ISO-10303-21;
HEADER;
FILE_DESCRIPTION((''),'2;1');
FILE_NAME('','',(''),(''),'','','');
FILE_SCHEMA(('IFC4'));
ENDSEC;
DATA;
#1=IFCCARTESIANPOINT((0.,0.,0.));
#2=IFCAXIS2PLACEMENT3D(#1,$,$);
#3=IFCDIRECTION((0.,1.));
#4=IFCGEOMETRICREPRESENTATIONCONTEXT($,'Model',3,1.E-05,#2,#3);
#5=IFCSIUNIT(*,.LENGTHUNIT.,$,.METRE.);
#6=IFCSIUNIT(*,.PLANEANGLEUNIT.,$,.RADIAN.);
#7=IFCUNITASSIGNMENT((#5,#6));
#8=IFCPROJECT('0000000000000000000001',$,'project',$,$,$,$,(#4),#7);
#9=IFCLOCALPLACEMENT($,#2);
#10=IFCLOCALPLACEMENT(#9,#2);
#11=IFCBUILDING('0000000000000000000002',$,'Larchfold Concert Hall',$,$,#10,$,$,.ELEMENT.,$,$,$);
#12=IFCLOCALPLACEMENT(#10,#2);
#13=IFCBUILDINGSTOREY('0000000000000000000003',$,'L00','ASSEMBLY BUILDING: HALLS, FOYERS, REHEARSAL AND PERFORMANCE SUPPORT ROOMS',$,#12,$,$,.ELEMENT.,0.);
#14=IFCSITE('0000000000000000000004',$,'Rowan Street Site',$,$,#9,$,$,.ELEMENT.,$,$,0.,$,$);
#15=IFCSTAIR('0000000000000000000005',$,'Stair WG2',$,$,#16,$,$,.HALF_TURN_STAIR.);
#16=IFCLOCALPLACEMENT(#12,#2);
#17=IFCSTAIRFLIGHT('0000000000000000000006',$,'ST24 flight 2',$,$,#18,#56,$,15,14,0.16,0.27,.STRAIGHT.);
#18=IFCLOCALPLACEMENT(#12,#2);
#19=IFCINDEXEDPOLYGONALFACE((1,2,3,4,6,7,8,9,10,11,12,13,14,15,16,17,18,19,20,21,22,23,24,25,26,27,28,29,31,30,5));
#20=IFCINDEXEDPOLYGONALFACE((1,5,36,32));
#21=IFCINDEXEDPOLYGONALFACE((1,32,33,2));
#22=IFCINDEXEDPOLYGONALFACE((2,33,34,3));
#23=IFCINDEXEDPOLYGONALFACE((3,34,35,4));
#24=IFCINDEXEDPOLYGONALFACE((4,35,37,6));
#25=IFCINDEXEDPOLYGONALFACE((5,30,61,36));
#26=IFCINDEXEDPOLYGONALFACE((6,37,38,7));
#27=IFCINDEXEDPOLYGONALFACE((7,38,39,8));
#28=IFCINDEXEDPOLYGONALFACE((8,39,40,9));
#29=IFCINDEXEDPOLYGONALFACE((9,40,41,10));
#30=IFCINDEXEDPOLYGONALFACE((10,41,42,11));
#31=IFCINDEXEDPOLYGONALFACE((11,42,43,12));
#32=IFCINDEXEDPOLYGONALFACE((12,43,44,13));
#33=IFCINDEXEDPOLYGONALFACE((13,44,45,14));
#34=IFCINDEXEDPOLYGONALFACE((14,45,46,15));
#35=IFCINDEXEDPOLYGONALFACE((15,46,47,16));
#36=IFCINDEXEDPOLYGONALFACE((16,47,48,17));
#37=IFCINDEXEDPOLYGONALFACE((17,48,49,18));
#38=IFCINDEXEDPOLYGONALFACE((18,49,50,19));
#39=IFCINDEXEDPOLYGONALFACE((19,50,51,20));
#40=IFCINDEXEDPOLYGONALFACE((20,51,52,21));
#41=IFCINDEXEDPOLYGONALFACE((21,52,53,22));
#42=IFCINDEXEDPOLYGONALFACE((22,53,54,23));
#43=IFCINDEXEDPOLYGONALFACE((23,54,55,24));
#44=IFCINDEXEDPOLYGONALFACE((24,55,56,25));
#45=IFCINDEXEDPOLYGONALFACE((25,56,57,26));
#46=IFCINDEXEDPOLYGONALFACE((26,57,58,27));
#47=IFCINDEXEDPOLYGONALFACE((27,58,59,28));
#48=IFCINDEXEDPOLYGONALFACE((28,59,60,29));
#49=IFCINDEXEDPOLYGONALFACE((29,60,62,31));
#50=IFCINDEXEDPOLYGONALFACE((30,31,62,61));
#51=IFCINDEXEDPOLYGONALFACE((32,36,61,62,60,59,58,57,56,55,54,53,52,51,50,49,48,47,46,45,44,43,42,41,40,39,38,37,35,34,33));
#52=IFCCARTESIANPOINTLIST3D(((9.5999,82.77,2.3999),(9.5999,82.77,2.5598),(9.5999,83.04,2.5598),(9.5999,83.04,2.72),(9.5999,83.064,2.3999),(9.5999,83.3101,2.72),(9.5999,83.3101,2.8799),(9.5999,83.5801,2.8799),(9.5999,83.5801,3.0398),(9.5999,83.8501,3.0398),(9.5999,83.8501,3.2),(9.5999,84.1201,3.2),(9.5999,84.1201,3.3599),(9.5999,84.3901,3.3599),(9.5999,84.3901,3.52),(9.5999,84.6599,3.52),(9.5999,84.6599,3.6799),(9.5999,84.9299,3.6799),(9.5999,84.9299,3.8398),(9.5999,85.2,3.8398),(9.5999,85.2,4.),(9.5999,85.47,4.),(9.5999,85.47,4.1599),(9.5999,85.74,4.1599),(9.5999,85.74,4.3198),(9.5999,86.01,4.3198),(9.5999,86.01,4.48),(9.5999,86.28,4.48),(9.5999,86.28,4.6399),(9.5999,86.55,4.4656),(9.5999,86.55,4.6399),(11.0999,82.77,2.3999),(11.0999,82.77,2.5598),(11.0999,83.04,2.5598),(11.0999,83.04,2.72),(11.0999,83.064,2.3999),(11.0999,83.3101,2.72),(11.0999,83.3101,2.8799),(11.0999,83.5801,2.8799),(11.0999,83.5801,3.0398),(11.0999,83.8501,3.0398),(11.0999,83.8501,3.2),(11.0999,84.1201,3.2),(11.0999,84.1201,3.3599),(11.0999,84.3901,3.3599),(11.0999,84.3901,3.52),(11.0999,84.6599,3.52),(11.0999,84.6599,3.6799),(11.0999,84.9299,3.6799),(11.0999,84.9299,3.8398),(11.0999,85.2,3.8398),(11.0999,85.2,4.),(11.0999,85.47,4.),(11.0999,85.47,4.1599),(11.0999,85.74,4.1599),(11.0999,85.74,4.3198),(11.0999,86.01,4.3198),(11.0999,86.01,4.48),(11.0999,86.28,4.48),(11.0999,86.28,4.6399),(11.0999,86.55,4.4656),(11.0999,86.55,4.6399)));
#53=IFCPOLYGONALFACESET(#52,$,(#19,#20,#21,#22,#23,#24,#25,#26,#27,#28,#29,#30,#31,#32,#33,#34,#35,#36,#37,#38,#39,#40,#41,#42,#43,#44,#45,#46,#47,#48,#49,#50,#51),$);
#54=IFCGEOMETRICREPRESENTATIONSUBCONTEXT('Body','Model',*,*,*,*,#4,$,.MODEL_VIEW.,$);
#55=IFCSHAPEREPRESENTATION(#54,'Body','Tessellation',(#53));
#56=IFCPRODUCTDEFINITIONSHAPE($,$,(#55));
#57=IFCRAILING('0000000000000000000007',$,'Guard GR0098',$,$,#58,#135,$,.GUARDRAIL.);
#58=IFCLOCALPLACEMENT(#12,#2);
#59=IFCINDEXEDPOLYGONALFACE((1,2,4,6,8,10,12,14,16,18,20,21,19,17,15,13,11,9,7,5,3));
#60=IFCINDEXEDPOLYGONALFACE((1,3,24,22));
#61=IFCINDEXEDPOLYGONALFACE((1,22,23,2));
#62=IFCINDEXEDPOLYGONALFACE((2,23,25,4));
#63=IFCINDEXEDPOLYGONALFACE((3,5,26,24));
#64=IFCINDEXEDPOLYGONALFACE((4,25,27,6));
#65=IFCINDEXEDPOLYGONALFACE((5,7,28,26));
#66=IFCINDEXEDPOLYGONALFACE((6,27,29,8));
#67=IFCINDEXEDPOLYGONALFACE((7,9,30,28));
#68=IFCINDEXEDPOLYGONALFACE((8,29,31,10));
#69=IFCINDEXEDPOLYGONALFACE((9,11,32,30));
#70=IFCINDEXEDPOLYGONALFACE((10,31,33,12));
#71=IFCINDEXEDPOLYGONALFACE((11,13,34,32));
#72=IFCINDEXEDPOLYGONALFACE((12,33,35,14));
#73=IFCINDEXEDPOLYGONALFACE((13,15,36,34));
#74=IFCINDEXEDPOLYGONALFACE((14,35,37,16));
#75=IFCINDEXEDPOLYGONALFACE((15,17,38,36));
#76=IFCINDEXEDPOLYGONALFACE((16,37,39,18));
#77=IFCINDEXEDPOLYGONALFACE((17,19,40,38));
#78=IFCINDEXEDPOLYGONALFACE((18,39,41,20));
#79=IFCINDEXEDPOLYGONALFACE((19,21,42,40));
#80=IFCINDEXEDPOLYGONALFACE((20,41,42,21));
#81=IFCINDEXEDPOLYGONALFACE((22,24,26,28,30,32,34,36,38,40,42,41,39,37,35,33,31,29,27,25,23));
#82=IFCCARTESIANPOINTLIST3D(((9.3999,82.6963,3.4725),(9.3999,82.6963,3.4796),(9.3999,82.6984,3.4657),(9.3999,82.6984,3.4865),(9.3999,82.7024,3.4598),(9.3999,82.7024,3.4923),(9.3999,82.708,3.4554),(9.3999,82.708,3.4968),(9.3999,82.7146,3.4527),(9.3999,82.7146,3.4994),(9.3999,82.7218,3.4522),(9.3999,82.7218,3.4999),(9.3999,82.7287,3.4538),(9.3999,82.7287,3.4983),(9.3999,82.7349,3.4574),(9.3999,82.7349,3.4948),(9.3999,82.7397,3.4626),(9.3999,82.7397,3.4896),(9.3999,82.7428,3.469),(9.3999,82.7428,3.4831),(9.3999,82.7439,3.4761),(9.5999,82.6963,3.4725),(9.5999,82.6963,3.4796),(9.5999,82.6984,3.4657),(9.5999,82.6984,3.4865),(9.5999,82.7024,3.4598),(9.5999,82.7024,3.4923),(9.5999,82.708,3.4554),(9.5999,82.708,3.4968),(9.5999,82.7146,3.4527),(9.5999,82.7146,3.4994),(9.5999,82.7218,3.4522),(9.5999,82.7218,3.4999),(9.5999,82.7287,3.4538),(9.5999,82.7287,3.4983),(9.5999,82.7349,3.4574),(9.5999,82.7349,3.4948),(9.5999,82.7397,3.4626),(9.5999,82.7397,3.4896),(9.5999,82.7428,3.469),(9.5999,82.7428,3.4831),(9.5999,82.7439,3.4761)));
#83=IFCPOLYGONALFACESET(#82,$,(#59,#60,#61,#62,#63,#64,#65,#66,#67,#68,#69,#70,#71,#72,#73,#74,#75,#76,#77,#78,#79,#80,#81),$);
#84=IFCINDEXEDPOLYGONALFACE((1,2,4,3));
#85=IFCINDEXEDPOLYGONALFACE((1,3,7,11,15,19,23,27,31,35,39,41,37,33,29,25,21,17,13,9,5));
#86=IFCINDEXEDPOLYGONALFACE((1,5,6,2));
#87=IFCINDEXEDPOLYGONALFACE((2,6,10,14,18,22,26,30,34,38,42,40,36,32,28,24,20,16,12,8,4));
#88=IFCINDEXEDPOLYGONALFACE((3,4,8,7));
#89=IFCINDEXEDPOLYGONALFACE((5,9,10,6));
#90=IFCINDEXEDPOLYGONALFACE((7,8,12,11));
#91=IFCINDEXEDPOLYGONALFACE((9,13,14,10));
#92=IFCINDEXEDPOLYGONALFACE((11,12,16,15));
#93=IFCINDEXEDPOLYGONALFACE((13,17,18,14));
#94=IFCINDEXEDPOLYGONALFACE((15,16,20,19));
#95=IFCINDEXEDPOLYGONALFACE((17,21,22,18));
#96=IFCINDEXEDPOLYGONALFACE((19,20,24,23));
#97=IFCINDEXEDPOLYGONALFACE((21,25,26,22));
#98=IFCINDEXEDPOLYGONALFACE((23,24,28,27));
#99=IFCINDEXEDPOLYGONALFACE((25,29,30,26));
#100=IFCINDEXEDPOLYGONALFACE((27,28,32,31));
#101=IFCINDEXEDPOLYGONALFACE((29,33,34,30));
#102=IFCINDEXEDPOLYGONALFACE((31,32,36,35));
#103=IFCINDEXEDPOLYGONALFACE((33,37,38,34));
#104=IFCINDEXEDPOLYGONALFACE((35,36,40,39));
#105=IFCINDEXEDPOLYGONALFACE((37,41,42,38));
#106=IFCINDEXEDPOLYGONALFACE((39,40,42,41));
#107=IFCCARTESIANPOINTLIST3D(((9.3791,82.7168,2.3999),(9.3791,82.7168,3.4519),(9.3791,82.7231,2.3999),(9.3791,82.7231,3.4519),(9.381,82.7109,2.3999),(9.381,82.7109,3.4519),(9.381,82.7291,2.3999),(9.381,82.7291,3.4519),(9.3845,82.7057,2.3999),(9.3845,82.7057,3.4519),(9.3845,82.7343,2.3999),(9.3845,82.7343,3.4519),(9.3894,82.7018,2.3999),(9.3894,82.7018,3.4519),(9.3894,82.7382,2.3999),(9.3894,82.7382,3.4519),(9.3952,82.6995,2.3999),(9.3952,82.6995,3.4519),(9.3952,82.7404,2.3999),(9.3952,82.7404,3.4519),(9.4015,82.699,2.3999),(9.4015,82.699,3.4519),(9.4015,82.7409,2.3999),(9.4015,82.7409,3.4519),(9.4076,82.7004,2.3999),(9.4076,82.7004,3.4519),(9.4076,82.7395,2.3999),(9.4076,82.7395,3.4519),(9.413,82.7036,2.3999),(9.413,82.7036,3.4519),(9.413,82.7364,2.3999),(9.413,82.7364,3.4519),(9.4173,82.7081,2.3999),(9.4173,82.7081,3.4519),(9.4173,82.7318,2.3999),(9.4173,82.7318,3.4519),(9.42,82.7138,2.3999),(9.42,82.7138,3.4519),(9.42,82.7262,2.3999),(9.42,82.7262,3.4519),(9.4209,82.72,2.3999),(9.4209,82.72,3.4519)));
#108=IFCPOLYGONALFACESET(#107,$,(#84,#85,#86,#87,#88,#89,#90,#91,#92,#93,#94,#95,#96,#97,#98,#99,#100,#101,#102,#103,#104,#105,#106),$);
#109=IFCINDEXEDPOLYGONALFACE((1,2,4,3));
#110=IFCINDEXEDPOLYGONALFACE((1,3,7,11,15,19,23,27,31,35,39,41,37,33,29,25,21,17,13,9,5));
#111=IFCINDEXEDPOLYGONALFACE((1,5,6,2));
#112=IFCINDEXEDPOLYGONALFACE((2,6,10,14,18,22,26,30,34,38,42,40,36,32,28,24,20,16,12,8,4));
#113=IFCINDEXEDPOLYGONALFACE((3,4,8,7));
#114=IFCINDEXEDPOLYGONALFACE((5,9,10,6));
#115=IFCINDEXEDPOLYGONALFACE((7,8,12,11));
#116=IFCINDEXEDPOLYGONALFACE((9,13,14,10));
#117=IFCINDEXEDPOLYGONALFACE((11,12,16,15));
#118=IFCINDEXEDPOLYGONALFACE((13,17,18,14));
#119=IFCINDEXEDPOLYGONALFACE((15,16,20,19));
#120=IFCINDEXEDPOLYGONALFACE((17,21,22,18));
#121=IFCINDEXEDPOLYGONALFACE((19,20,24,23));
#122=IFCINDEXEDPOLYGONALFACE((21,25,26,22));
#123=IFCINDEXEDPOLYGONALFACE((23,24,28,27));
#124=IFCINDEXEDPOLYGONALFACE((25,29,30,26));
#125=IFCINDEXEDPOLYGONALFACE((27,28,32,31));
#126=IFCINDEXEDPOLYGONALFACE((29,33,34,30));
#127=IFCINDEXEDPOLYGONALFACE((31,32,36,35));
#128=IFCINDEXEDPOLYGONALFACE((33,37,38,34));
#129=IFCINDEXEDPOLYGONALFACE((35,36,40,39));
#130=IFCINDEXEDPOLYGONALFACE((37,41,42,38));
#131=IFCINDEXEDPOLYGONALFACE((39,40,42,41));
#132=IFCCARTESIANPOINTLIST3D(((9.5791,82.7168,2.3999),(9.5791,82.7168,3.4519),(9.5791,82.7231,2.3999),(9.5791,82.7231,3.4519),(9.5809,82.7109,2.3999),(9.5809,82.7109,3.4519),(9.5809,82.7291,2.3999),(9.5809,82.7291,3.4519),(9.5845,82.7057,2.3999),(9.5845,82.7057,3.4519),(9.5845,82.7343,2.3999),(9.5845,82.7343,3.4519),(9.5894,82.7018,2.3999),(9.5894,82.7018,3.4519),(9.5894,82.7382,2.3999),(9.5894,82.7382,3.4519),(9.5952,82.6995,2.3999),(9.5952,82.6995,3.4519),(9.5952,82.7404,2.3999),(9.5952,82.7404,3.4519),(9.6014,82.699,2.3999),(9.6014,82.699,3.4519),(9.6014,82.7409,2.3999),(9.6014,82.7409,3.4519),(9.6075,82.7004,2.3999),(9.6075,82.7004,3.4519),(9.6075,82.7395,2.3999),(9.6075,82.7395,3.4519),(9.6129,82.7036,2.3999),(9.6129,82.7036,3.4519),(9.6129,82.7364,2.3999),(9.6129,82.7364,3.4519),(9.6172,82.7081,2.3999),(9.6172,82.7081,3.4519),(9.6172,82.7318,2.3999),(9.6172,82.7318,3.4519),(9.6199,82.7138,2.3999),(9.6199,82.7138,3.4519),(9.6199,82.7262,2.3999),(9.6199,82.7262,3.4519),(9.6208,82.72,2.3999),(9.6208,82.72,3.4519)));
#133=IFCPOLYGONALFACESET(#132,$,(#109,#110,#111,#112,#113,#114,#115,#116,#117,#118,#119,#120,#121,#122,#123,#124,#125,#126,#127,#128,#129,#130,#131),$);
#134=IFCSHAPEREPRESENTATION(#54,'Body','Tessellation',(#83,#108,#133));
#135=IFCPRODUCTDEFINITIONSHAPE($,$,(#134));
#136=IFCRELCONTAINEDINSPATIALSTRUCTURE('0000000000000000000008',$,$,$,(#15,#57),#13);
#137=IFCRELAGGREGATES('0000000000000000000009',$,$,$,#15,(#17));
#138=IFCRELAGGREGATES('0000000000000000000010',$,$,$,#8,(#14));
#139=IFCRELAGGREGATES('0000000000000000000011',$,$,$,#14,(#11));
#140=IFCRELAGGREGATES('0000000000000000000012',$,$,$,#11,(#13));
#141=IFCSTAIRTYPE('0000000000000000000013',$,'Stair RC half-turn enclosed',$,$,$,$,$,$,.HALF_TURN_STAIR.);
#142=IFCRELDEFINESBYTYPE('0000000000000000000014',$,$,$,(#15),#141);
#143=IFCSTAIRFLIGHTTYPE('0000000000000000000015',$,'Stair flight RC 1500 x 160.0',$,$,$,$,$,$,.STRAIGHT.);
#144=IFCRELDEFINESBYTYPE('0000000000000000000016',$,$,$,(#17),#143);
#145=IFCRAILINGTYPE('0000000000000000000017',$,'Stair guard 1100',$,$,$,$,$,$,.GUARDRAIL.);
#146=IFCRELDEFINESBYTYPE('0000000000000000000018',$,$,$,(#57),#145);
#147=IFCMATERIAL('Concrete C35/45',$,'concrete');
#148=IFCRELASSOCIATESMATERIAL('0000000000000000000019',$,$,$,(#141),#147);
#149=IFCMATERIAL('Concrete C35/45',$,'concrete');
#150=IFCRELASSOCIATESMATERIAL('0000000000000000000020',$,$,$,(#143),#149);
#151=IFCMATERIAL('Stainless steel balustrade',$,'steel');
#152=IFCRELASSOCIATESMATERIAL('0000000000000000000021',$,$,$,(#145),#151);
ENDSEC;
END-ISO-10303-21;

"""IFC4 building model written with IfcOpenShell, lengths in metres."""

from ifc_helpers import new_model, si_unit, direction, frame, origin, origin_2d, place, context, subcontext, project, spatial, polyline, circle, outline, extrude, material, type_object, element, aggregate, save


model = new_model("IFC4")

# Units and contexts
model_context = context("Model", 3, precision=1e-05, world=origin(), true_north=direction((0.0, 1.0)))
body_context = subcontext(model_context, "Body", "Model", "MODEL_VIEW")
ifc_project = project(units=[si_unit("LENGTHUNIT", "METRE"), si_unit("PLANEANGLEUNIT", "RADIAN")], contexts=[model_context])

# Site, building, storey
site_placement = place(None, origin())
site = spatial("IfcSite", under=ifc_project, at=site_placement, Name="Rowan Street Site", CompositionType="ELEMENT", RefElevation=0.0)
building_placement = place(site_placement, origin())
building = spatial("IfcBuilding", under=site, at=building_placement, Name="Larchfold Concert Hall", CompositionType="ELEMENT")
storey_placement = place(building_placement, origin())
storey = spatial("IfcBuildingStorey", under=building, at=storey_placement, Name="L00", Description="ASSEMBLY BUILDING: HALLS, FOYERS, REHEARSAL AND PERFORMANCE SUPPORT ROOMS", CompositionType="ELEMENT", Elevation=0.0)

# Stair, stair flight
ifc_material_1 = material(Name="Concrete C35/45", Category="concrete")
stair_type = type_object("IfcStairType", Name="Stair RC half-turn enclosed", PredefinedType="HALF_TURN_STAIR", material=ifc_material_1)
stair_placement = place(storey_placement, origin())
stair = element("IfcStair", 1, at=stair_placement, inside=storey, type_object=stair_type, Name="Stair WG2", PredefinedType="HALF_TURN_STAIR")
ifc_material_2 = material(Name="Concrete C35/45", Category="concrete")
stair_flight_type = type_object("IfcStairFlightType", Name="Stair flight RC 1500 x 160.0", PredefinedType="STRAIGHT", material=ifc_material_2)
stair_flight_placement = place(storey_placement, frame((10.3499, 82.77, 2.3999), z_axis=(0.0, 0.0, 1.0), x_axis=(0.0, 1.0, 0.0)))
stair_flight = element("IfcStairFlight", 2, at=stair_flight_placement, type_object=stair_flight_type, Name="ST24 flight 2", NumberOfRisers=15, NumberOfTreads=14, PredefinedType="STRAIGHT", RiserHeight=0.16, TreadLength=0.27, context=body_context, shape_type="SweptSolid", body=[
    extrude(outline(polyline([(0.0, 0.0), (0.0, 0.1599), (0.27, 0.1599), (0.27, 0.3201), (0.54, 0.3201), (0.54, 0.48), (0.8101, 0.48), (0.8101, 0.6399), (1.0801, 0.6399), (1.0801, 0.8), (1.3501, 0.8), (1.3501, 0.96), (1.6201, 0.96), (1.6201, 1.1201), (1.8899, 1.1201), (1.8899, 1.28), (2.1599, 1.28), (2.1599, 1.4399), (2.4299, 1.4399), (2.4299, 1.6001), (2.7, 1.6001), (2.7, 1.76), (2.97, 1.76), (2.97, 1.9199), (3.24, 1.9199), (3.24, 2.0801), (3.51, 2.0801), (3.51, 2.24), (3.78, 2.24), (3.78, 2.3999), (3.78, 2.0657), (0.2939, 0.0), (0.0, 0.0)])), frame((0.0, 0.75, 0.0), z_axis=(0.0, -1.0, 0.0), x_axis=(1.0, 0.0, 0.0)), (0.0, 0.0, 1.0), 1.5),
])
aggregate(stair, [stair_flight])

# Railing
ifc_material_3 = material(Name="Stainless steel balustrade", Category="steel")
railing_type_1 = type_object("IfcRailingType", Name="Stair guard 1100", PredefinedType="GUARDRAIL", material=ifc_material_3)
railing_1_placement = place(storey_placement, frame((9.3999, 82.72, 2.3999)))
element("IfcRailing", 3, at=railing_1_placement, inside=storey, type_object=railing_type_1, Name="Guard GR0098", PredefinedType="GUARDRAIL", context=body_context, shape_type="SweptSolid", body=[
    extrude(circle(Radius=0.0239, at=origin_2d()), frame((0.0, 0.0, 1.0762), z_axis=(1.0, 0.0, 0.0), x_axis=(0.0, 1.0, 0.0)), (0.0, 0.0, 1.0), 0.2),
    extrude(circle(Radius=0.021, at=origin_2d()), origin(), (0.0, 0.0, 1.0), 1.052),
    extrude(circle(Radius=0.021, at=origin_2d()), frame((0.2, 0.0, 0.0)), (0.0, 0.0, 1.0), 1.052),
])

save(model, "model.ifc")
